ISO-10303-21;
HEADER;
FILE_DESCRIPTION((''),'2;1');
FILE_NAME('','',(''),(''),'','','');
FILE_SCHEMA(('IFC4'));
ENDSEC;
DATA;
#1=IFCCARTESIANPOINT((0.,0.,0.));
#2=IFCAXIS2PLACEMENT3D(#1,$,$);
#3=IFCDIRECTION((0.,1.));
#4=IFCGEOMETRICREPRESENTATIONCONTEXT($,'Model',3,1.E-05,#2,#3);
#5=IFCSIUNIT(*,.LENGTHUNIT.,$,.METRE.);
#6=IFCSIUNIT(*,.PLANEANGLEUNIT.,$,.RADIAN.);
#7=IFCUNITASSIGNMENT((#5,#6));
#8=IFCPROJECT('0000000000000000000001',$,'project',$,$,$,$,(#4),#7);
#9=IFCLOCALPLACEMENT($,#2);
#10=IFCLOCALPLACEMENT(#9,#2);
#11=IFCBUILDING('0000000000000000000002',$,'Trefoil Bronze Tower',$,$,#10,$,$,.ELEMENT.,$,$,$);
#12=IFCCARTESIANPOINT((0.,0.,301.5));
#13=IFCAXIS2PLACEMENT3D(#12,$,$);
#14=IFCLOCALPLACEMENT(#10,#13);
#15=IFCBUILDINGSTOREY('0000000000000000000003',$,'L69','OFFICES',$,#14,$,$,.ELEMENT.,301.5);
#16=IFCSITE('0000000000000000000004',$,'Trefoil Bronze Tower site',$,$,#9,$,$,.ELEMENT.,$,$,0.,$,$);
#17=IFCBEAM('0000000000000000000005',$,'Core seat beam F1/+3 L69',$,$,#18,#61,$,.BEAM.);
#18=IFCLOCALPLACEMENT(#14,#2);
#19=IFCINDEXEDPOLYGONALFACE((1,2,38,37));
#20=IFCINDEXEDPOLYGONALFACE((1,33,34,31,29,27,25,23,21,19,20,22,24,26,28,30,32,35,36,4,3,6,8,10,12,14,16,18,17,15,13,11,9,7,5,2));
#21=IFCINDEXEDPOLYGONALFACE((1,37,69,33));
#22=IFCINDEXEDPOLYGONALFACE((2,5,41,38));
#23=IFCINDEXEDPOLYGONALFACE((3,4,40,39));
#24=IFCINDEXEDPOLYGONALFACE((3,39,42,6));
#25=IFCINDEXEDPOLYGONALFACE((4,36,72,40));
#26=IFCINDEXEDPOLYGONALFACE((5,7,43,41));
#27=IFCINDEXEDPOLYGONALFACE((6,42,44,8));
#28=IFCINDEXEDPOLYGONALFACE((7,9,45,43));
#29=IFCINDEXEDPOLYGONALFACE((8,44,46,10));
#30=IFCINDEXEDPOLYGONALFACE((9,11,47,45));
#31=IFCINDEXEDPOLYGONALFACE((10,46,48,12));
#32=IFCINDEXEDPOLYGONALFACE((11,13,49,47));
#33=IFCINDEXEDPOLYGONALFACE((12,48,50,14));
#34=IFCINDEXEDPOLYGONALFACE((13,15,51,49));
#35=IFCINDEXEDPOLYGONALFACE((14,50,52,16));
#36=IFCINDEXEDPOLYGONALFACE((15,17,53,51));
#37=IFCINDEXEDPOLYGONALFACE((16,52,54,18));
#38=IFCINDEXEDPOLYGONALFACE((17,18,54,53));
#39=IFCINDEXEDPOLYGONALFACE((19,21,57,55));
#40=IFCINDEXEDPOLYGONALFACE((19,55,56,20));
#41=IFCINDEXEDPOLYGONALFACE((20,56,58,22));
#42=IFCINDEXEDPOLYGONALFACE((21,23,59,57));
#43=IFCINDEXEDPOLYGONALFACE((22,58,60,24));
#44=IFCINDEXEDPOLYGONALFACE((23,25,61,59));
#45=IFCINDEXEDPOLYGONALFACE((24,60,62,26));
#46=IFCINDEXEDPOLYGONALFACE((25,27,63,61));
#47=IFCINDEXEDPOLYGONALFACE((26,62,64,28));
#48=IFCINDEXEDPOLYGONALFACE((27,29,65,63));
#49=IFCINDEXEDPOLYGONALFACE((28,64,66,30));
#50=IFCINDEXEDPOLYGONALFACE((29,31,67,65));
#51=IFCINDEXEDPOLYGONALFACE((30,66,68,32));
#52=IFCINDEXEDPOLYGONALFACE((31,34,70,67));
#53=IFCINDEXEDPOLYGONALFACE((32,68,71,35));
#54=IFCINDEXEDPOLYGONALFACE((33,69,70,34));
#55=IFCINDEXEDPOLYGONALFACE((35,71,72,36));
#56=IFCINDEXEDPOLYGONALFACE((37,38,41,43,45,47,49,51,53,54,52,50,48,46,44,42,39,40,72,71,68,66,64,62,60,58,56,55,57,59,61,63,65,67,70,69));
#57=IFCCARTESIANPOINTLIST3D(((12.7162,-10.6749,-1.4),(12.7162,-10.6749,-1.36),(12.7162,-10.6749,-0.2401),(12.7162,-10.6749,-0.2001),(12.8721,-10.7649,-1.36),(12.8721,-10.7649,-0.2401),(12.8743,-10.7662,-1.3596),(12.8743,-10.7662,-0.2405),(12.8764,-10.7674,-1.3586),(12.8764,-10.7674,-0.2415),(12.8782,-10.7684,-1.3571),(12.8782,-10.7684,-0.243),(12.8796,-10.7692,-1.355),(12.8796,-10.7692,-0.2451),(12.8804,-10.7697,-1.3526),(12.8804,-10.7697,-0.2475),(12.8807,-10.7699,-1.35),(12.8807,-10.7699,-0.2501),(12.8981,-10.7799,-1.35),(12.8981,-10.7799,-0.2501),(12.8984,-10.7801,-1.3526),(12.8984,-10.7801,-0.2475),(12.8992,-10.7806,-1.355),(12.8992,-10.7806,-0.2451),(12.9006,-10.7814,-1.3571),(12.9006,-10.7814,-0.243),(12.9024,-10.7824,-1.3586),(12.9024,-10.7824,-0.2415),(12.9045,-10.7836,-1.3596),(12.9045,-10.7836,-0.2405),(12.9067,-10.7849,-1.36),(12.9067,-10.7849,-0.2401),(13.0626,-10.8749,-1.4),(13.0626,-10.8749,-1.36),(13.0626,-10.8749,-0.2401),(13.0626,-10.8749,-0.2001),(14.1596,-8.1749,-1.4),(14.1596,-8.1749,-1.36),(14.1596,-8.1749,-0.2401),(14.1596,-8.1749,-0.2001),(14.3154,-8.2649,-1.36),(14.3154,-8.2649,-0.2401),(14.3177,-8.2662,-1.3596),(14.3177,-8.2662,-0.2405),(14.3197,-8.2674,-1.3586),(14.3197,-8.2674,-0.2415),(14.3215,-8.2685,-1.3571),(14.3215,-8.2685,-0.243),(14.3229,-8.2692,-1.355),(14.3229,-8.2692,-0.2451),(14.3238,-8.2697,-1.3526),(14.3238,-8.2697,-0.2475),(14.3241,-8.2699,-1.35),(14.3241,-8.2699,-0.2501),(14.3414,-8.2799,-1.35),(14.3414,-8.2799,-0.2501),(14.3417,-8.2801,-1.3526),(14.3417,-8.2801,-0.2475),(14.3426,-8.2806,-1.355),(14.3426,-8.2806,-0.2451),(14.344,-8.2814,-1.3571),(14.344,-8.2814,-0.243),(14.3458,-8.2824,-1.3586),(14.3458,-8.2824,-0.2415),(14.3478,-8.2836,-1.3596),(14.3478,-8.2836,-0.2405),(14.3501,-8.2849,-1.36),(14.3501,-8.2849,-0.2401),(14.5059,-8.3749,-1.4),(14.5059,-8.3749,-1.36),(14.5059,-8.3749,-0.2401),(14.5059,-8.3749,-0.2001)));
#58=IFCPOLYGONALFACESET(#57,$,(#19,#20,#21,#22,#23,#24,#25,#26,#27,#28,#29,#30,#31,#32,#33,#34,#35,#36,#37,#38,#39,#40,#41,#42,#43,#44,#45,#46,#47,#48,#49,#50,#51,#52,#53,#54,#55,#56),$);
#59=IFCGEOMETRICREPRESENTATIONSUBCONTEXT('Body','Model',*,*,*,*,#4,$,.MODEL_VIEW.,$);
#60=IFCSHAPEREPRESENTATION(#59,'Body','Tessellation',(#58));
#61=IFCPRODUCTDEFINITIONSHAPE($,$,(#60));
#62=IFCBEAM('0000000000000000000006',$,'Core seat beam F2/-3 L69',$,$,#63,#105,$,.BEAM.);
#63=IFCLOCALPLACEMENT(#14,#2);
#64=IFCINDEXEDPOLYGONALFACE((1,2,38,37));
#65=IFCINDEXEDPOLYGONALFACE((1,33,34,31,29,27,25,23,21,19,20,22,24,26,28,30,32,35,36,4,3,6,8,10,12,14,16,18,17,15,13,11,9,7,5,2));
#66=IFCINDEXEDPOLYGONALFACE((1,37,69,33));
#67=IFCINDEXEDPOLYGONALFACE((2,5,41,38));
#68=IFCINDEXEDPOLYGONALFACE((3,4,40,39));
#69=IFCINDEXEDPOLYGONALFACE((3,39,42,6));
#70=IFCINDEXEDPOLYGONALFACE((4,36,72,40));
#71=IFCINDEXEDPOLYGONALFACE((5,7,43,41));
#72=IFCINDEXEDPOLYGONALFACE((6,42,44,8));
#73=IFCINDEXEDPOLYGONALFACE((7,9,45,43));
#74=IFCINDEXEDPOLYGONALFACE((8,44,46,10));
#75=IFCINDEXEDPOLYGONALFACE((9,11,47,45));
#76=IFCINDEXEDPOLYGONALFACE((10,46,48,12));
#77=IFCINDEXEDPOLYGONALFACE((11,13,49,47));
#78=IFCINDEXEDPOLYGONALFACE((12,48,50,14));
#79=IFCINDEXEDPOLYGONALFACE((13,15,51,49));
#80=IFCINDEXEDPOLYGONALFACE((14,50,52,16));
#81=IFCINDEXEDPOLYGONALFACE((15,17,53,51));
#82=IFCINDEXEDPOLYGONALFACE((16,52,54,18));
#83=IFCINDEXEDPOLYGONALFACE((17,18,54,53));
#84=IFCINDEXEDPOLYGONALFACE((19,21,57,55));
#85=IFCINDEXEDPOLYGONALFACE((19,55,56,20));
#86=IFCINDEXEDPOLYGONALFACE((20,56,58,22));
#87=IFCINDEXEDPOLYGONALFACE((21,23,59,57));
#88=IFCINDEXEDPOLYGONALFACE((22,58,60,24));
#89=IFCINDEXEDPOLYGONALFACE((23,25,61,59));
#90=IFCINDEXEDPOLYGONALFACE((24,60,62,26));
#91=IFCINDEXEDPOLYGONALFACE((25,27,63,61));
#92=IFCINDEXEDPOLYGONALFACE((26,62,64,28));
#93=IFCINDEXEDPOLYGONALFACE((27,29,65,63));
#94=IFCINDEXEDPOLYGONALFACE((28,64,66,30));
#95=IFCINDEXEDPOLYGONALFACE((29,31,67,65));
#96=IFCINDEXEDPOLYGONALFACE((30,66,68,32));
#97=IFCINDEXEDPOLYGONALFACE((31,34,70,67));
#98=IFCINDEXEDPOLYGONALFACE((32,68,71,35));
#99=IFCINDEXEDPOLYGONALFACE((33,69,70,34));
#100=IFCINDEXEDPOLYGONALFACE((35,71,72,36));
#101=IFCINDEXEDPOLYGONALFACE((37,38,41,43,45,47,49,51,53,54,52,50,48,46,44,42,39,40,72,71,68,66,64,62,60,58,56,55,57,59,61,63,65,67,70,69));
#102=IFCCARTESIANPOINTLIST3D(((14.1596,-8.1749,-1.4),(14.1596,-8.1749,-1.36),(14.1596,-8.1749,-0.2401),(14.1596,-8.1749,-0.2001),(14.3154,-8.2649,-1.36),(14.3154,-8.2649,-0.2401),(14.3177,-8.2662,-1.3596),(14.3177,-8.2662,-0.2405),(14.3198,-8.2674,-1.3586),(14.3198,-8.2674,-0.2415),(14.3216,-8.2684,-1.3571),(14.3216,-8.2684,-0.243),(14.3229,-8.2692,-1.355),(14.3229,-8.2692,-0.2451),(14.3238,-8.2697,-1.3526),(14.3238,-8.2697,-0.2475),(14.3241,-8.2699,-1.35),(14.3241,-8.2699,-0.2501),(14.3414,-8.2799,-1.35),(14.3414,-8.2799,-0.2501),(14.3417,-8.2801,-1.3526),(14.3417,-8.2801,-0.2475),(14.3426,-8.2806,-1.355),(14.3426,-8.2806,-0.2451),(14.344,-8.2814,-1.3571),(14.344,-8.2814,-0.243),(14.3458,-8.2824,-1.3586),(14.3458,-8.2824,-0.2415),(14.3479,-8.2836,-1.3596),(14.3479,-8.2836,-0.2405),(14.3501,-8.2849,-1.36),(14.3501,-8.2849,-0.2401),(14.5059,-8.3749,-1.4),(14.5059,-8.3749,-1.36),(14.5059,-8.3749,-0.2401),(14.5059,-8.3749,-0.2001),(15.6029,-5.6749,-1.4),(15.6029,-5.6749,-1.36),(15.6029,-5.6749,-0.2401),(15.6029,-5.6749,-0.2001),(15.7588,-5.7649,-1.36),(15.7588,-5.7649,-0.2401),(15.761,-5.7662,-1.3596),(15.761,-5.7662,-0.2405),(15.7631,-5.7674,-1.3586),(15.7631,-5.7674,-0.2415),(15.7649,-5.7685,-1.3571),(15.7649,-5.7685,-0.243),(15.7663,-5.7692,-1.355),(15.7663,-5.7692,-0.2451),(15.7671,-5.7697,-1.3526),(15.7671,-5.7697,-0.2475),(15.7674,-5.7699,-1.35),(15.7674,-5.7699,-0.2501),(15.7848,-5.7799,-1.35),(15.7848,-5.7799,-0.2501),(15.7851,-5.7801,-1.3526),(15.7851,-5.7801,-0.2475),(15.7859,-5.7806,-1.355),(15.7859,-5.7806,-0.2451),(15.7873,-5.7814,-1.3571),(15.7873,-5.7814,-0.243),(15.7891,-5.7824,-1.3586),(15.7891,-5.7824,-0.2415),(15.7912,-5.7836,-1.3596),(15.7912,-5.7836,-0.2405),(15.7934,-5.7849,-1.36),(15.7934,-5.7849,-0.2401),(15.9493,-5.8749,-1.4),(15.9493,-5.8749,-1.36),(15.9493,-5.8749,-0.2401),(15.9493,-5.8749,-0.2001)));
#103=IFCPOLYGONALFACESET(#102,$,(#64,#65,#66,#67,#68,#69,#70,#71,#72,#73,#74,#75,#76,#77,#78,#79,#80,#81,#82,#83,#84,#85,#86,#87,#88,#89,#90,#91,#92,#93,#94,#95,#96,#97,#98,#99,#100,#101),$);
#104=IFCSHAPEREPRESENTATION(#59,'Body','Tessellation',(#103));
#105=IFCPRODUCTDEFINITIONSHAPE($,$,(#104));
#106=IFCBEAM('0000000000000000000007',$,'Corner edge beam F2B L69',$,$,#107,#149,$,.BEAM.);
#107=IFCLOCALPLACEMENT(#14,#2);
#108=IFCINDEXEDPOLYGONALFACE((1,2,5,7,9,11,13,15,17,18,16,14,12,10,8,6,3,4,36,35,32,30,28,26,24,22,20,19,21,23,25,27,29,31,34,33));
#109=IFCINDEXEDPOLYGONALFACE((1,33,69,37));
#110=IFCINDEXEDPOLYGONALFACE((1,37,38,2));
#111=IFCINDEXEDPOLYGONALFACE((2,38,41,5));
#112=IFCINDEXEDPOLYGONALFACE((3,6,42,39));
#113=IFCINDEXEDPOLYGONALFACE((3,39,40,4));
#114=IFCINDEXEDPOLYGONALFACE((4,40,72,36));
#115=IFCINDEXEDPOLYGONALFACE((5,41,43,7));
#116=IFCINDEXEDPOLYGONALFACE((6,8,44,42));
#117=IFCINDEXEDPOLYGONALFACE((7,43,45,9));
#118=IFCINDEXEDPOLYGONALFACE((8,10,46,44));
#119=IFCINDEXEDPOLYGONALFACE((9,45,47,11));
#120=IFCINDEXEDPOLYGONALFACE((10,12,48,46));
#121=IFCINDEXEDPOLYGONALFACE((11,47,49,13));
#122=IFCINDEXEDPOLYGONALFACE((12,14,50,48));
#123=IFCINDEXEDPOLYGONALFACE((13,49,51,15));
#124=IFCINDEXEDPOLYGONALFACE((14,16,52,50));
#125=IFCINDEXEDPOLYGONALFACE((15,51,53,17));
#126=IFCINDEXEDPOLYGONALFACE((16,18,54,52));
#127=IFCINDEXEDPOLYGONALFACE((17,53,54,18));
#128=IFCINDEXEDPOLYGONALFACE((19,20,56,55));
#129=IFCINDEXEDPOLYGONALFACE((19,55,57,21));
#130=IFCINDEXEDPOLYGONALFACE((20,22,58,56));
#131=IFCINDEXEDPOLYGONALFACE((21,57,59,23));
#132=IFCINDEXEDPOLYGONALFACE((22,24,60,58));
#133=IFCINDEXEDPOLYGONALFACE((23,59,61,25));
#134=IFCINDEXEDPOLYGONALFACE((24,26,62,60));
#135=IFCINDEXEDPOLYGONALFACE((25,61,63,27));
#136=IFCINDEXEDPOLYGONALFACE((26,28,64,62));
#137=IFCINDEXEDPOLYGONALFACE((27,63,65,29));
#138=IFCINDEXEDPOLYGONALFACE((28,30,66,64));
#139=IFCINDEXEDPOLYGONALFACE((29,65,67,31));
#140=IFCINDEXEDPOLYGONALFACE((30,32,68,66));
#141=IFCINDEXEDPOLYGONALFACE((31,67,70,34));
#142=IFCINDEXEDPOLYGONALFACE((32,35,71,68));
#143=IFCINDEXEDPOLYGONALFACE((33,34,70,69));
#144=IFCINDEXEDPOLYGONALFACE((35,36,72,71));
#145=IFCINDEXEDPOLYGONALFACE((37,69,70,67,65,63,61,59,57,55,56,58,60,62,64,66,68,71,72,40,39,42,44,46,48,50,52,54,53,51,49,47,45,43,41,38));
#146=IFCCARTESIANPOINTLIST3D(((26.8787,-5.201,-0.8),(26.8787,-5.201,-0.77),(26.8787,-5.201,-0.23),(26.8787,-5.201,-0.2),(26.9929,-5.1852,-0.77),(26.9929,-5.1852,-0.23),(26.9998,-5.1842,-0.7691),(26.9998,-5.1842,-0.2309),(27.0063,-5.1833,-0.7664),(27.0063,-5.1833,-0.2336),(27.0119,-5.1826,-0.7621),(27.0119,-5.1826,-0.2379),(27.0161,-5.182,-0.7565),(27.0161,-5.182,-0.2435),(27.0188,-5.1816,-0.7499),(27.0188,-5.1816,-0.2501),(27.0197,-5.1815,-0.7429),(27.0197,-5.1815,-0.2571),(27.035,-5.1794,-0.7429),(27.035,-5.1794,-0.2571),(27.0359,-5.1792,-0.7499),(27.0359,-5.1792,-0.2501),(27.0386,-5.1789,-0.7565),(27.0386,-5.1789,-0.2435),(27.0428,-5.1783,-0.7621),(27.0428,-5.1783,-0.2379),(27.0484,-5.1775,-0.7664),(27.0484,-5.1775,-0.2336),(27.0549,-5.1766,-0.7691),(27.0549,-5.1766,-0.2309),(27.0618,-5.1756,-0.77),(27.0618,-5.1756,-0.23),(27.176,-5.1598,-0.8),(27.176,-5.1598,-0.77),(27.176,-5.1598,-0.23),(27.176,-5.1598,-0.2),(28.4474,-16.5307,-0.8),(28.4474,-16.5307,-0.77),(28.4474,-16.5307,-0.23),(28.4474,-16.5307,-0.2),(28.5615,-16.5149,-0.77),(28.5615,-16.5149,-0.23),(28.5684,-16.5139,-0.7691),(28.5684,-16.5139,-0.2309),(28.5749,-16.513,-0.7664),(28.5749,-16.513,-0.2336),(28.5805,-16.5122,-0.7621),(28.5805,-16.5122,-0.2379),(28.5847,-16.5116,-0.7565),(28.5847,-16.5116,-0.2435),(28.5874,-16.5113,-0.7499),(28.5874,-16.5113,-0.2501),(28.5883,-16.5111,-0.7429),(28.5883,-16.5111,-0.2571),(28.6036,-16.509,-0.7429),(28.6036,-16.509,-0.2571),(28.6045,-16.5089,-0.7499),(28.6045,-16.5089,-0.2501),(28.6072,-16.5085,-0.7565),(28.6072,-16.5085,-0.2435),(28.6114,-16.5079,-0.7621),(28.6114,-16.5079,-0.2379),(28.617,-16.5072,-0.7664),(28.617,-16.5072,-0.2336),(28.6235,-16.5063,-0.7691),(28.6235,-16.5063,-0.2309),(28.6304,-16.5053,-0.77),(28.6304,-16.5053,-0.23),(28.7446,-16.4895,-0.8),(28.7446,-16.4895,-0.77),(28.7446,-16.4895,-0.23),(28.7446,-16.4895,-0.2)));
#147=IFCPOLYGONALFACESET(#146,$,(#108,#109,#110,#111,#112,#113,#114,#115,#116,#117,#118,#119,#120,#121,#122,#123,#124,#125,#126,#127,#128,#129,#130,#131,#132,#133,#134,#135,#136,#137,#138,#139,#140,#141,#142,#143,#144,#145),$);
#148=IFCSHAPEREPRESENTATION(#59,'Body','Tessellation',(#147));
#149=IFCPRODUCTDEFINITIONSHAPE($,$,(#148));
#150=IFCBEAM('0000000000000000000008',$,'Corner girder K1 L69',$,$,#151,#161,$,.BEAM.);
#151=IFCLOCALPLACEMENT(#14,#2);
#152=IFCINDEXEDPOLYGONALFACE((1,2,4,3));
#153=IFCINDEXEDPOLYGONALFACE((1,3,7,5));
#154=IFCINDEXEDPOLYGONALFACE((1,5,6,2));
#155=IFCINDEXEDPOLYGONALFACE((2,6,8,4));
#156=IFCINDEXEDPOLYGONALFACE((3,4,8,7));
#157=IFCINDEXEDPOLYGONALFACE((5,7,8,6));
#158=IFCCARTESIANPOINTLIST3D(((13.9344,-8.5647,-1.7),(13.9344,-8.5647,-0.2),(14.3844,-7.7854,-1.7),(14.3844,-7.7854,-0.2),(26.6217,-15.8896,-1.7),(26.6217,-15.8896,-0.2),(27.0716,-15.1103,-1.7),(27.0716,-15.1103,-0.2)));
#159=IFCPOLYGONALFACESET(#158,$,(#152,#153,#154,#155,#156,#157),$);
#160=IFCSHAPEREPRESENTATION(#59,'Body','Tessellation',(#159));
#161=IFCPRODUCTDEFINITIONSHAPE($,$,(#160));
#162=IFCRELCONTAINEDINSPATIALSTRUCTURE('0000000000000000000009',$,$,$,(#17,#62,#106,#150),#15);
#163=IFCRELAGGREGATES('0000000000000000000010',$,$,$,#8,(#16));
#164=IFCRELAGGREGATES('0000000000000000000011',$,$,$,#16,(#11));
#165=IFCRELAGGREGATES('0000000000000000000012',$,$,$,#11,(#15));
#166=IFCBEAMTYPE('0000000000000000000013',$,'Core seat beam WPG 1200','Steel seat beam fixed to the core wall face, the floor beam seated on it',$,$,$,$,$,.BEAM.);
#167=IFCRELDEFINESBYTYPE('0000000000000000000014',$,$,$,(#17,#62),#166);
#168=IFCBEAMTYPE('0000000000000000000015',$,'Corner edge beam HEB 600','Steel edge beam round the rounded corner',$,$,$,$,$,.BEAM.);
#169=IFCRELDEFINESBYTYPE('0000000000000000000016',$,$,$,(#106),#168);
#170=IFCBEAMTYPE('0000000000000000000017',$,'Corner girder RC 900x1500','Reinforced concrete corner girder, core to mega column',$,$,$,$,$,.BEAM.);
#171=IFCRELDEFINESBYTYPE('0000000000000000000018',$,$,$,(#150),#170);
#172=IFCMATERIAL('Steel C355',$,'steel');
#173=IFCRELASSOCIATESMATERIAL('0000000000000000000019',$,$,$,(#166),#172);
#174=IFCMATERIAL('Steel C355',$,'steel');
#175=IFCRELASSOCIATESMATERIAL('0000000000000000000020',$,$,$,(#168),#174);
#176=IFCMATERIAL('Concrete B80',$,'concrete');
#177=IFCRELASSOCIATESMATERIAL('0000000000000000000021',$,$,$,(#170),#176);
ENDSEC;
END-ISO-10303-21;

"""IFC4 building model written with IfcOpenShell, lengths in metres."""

from ifc_helpers import new_model, si_unit, direction, frame, origin, origin_2d, place, context, subcontext, project, spatial, rectangle, i_section, extrude, material, material_profile, profile_set, type_object, element, save


model = new_model("IFC4")

# Units and contexts
model_context = context("Model", 3, precision=1e-05, world=origin(), true_north=direction((0.0, 1.0)))
body_context = subcontext(model_context, "Body", "Model", "MODEL_VIEW")
ifc_project = project(units=[si_unit("LENGTHUNIT", "METRE"), si_unit("PLANEANGLEUNIT", "RADIAN")], contexts=[model_context])

# Site, building, storey
site_placement = place(None, origin())
site = spatial("IfcSite", under=ifc_project, at=site_placement, Name="Trefoil Bronze Tower site", CompositionType="ELEMENT", RefElevation=0.0)
building_placement = place(site_placement, origin())
building = spatial("IfcBuilding", under=site, at=building_placement, Name="Trefoil Bronze Tower", CompositionType="ELEMENT")
storey_placement = place(building_placement, frame((0.0, 0.0, 301.5)))
storey = spatial("IfcBuildingStorey", under=building, at=storey_placement, Name="L69", Description="OFFICES", CompositionType="ELEMENT", Elevation=301.5)

# Beams
ifc_material_1 = material(Name="Steel C355", Category="steel")
ifc_material_profile_1 = material_profile(ifc_material_1, i_section(OverallWidth=0.3999, OverallDepth=1.2, WebThickness=0.02, FlangeThickness=0.04, FilletRadius=0.01, at=origin_2d()), Name="WPG 1200")
ifc_profile_set_1 = profile_set([ifc_material_profile_1], Name="Steel C355")
beam_type_1 = type_object("IfcBeamType", Name="Core seat beam WPG 1200", Description="Steel seat beam fixed to the core wall face, the floor beam seated on it", PredefinedType="BEAM", material=ifc_profile_set_1)
for number, where, z_axis, x_axis, name in (
    (1, (12.8894, -10.7749, -0.8), (0.499996, 0.866028, 0.0), (-0.866028, 0.499996, 0.0), "Core seat beam F1/+3 L69"),
    (2, (14.3328, -8.2749, -0.8), (0.499996, 0.866028, 0.0), (-0.866028, 0.499996, 0.0), "Core seat beam F2/-3 L69"),
):
    element("IfcBeam", number, at=place(storey_placement, frame(where, z_axis=z_axis, x_axis=x_axis)), inside=storey, type_object=beam_type_1, Name=name, PredefinedType="BEAM", context=body_context, shape_type="SweptSolid", body=[
        extrude(i_section(OverallWidth=0.3999, OverallDepth=1.2, WebThickness=0.02, FlangeThickness=0.04, FilletRadius=0.01, at=origin_2d()), origin(), (0.0, 0.0, 1.0), 2.8867),
    ])
ifc_material_2 = material(Name="Steel C355", Category="steel")
ifc_material_profile_2 = material_profile(ifc_material_2, i_section(OverallWidth=0.3, OverallDepth=0.6001, WebThickness=0.0154, FlangeThickness=0.03, FilletRadius=0.0271, at=origin_2d()), Name="HEB 600")
ifc_profile_set_2 = profile_set([ifc_material_profile_2], Name="Steel C355")
beam_type_2 = type_object("IfcBeamType", Name="Corner edge beam HEB 600", Description="Steel edge beam round the rounded corner", PredefinedType="BEAM", material=ifc_profile_set_2)
beam_1_placement = place(storey_placement, frame((27.0273, -5.1804, -0.5), z_axis=(0.137144, -0.990551, 0.0), x_axis=(0.990551, 0.137144, 0.0)))
element("IfcBeam", 3, at=beam_1_placement, inside=storey, type_object=beam_type_2, Name="Corner edge beam F2B L69", PredefinedType="BEAM", context=body_context, shape_type="SweptSolid", body=[
    extrude(i_section(OverallWidth=0.3, OverallDepth=0.6001, WebThickness=0.0154, FlangeThickness=0.03, FilletRadius=0.0271, at=origin_2d()), origin(), (0.0, 0.0, 1.0), 11.4377),
])
ifc_material_3 = material(Name="Concrete B80", Category="concrete")
ifc_material_profile_3 = material_profile(ifc_material_3, rectangle(XDim=0.8999, YDim=1.5, at=origin_2d()), Name="RC 900x1500")
ifc_profile_set_3 = profile_set([ifc_material_profile_3], Name="Concrete B80")
beam_type_3 = type_object("IfcBeamType", Name="Corner girder RC 900x1500", Description="Reinforced concrete corner girder, core to mega column", PredefinedType="BEAM", material=ifc_profile_set_3)
beam_2_placement = place(storey_placement, frame((14.1594, -8.175, -0.95), z_axis=(0.866027, -0.499998, 0.0), x_axis=(0.499998, 0.866027, 0.0)))
element("IfcBeam", 4, at=beam_2_placement, inside=storey, type_object=beam_type_3, Name="Corner girder K1 L69", PredefinedType="BEAM", context=body_context, shape_type="SweptSolid", body=[
    extrude(rectangle(XDim=0.8999, YDim=1.5, at=origin_2d()), origin(), (0.0, 0.0, 1.0), 14.6499),
])

save(model, "model.ifc")
